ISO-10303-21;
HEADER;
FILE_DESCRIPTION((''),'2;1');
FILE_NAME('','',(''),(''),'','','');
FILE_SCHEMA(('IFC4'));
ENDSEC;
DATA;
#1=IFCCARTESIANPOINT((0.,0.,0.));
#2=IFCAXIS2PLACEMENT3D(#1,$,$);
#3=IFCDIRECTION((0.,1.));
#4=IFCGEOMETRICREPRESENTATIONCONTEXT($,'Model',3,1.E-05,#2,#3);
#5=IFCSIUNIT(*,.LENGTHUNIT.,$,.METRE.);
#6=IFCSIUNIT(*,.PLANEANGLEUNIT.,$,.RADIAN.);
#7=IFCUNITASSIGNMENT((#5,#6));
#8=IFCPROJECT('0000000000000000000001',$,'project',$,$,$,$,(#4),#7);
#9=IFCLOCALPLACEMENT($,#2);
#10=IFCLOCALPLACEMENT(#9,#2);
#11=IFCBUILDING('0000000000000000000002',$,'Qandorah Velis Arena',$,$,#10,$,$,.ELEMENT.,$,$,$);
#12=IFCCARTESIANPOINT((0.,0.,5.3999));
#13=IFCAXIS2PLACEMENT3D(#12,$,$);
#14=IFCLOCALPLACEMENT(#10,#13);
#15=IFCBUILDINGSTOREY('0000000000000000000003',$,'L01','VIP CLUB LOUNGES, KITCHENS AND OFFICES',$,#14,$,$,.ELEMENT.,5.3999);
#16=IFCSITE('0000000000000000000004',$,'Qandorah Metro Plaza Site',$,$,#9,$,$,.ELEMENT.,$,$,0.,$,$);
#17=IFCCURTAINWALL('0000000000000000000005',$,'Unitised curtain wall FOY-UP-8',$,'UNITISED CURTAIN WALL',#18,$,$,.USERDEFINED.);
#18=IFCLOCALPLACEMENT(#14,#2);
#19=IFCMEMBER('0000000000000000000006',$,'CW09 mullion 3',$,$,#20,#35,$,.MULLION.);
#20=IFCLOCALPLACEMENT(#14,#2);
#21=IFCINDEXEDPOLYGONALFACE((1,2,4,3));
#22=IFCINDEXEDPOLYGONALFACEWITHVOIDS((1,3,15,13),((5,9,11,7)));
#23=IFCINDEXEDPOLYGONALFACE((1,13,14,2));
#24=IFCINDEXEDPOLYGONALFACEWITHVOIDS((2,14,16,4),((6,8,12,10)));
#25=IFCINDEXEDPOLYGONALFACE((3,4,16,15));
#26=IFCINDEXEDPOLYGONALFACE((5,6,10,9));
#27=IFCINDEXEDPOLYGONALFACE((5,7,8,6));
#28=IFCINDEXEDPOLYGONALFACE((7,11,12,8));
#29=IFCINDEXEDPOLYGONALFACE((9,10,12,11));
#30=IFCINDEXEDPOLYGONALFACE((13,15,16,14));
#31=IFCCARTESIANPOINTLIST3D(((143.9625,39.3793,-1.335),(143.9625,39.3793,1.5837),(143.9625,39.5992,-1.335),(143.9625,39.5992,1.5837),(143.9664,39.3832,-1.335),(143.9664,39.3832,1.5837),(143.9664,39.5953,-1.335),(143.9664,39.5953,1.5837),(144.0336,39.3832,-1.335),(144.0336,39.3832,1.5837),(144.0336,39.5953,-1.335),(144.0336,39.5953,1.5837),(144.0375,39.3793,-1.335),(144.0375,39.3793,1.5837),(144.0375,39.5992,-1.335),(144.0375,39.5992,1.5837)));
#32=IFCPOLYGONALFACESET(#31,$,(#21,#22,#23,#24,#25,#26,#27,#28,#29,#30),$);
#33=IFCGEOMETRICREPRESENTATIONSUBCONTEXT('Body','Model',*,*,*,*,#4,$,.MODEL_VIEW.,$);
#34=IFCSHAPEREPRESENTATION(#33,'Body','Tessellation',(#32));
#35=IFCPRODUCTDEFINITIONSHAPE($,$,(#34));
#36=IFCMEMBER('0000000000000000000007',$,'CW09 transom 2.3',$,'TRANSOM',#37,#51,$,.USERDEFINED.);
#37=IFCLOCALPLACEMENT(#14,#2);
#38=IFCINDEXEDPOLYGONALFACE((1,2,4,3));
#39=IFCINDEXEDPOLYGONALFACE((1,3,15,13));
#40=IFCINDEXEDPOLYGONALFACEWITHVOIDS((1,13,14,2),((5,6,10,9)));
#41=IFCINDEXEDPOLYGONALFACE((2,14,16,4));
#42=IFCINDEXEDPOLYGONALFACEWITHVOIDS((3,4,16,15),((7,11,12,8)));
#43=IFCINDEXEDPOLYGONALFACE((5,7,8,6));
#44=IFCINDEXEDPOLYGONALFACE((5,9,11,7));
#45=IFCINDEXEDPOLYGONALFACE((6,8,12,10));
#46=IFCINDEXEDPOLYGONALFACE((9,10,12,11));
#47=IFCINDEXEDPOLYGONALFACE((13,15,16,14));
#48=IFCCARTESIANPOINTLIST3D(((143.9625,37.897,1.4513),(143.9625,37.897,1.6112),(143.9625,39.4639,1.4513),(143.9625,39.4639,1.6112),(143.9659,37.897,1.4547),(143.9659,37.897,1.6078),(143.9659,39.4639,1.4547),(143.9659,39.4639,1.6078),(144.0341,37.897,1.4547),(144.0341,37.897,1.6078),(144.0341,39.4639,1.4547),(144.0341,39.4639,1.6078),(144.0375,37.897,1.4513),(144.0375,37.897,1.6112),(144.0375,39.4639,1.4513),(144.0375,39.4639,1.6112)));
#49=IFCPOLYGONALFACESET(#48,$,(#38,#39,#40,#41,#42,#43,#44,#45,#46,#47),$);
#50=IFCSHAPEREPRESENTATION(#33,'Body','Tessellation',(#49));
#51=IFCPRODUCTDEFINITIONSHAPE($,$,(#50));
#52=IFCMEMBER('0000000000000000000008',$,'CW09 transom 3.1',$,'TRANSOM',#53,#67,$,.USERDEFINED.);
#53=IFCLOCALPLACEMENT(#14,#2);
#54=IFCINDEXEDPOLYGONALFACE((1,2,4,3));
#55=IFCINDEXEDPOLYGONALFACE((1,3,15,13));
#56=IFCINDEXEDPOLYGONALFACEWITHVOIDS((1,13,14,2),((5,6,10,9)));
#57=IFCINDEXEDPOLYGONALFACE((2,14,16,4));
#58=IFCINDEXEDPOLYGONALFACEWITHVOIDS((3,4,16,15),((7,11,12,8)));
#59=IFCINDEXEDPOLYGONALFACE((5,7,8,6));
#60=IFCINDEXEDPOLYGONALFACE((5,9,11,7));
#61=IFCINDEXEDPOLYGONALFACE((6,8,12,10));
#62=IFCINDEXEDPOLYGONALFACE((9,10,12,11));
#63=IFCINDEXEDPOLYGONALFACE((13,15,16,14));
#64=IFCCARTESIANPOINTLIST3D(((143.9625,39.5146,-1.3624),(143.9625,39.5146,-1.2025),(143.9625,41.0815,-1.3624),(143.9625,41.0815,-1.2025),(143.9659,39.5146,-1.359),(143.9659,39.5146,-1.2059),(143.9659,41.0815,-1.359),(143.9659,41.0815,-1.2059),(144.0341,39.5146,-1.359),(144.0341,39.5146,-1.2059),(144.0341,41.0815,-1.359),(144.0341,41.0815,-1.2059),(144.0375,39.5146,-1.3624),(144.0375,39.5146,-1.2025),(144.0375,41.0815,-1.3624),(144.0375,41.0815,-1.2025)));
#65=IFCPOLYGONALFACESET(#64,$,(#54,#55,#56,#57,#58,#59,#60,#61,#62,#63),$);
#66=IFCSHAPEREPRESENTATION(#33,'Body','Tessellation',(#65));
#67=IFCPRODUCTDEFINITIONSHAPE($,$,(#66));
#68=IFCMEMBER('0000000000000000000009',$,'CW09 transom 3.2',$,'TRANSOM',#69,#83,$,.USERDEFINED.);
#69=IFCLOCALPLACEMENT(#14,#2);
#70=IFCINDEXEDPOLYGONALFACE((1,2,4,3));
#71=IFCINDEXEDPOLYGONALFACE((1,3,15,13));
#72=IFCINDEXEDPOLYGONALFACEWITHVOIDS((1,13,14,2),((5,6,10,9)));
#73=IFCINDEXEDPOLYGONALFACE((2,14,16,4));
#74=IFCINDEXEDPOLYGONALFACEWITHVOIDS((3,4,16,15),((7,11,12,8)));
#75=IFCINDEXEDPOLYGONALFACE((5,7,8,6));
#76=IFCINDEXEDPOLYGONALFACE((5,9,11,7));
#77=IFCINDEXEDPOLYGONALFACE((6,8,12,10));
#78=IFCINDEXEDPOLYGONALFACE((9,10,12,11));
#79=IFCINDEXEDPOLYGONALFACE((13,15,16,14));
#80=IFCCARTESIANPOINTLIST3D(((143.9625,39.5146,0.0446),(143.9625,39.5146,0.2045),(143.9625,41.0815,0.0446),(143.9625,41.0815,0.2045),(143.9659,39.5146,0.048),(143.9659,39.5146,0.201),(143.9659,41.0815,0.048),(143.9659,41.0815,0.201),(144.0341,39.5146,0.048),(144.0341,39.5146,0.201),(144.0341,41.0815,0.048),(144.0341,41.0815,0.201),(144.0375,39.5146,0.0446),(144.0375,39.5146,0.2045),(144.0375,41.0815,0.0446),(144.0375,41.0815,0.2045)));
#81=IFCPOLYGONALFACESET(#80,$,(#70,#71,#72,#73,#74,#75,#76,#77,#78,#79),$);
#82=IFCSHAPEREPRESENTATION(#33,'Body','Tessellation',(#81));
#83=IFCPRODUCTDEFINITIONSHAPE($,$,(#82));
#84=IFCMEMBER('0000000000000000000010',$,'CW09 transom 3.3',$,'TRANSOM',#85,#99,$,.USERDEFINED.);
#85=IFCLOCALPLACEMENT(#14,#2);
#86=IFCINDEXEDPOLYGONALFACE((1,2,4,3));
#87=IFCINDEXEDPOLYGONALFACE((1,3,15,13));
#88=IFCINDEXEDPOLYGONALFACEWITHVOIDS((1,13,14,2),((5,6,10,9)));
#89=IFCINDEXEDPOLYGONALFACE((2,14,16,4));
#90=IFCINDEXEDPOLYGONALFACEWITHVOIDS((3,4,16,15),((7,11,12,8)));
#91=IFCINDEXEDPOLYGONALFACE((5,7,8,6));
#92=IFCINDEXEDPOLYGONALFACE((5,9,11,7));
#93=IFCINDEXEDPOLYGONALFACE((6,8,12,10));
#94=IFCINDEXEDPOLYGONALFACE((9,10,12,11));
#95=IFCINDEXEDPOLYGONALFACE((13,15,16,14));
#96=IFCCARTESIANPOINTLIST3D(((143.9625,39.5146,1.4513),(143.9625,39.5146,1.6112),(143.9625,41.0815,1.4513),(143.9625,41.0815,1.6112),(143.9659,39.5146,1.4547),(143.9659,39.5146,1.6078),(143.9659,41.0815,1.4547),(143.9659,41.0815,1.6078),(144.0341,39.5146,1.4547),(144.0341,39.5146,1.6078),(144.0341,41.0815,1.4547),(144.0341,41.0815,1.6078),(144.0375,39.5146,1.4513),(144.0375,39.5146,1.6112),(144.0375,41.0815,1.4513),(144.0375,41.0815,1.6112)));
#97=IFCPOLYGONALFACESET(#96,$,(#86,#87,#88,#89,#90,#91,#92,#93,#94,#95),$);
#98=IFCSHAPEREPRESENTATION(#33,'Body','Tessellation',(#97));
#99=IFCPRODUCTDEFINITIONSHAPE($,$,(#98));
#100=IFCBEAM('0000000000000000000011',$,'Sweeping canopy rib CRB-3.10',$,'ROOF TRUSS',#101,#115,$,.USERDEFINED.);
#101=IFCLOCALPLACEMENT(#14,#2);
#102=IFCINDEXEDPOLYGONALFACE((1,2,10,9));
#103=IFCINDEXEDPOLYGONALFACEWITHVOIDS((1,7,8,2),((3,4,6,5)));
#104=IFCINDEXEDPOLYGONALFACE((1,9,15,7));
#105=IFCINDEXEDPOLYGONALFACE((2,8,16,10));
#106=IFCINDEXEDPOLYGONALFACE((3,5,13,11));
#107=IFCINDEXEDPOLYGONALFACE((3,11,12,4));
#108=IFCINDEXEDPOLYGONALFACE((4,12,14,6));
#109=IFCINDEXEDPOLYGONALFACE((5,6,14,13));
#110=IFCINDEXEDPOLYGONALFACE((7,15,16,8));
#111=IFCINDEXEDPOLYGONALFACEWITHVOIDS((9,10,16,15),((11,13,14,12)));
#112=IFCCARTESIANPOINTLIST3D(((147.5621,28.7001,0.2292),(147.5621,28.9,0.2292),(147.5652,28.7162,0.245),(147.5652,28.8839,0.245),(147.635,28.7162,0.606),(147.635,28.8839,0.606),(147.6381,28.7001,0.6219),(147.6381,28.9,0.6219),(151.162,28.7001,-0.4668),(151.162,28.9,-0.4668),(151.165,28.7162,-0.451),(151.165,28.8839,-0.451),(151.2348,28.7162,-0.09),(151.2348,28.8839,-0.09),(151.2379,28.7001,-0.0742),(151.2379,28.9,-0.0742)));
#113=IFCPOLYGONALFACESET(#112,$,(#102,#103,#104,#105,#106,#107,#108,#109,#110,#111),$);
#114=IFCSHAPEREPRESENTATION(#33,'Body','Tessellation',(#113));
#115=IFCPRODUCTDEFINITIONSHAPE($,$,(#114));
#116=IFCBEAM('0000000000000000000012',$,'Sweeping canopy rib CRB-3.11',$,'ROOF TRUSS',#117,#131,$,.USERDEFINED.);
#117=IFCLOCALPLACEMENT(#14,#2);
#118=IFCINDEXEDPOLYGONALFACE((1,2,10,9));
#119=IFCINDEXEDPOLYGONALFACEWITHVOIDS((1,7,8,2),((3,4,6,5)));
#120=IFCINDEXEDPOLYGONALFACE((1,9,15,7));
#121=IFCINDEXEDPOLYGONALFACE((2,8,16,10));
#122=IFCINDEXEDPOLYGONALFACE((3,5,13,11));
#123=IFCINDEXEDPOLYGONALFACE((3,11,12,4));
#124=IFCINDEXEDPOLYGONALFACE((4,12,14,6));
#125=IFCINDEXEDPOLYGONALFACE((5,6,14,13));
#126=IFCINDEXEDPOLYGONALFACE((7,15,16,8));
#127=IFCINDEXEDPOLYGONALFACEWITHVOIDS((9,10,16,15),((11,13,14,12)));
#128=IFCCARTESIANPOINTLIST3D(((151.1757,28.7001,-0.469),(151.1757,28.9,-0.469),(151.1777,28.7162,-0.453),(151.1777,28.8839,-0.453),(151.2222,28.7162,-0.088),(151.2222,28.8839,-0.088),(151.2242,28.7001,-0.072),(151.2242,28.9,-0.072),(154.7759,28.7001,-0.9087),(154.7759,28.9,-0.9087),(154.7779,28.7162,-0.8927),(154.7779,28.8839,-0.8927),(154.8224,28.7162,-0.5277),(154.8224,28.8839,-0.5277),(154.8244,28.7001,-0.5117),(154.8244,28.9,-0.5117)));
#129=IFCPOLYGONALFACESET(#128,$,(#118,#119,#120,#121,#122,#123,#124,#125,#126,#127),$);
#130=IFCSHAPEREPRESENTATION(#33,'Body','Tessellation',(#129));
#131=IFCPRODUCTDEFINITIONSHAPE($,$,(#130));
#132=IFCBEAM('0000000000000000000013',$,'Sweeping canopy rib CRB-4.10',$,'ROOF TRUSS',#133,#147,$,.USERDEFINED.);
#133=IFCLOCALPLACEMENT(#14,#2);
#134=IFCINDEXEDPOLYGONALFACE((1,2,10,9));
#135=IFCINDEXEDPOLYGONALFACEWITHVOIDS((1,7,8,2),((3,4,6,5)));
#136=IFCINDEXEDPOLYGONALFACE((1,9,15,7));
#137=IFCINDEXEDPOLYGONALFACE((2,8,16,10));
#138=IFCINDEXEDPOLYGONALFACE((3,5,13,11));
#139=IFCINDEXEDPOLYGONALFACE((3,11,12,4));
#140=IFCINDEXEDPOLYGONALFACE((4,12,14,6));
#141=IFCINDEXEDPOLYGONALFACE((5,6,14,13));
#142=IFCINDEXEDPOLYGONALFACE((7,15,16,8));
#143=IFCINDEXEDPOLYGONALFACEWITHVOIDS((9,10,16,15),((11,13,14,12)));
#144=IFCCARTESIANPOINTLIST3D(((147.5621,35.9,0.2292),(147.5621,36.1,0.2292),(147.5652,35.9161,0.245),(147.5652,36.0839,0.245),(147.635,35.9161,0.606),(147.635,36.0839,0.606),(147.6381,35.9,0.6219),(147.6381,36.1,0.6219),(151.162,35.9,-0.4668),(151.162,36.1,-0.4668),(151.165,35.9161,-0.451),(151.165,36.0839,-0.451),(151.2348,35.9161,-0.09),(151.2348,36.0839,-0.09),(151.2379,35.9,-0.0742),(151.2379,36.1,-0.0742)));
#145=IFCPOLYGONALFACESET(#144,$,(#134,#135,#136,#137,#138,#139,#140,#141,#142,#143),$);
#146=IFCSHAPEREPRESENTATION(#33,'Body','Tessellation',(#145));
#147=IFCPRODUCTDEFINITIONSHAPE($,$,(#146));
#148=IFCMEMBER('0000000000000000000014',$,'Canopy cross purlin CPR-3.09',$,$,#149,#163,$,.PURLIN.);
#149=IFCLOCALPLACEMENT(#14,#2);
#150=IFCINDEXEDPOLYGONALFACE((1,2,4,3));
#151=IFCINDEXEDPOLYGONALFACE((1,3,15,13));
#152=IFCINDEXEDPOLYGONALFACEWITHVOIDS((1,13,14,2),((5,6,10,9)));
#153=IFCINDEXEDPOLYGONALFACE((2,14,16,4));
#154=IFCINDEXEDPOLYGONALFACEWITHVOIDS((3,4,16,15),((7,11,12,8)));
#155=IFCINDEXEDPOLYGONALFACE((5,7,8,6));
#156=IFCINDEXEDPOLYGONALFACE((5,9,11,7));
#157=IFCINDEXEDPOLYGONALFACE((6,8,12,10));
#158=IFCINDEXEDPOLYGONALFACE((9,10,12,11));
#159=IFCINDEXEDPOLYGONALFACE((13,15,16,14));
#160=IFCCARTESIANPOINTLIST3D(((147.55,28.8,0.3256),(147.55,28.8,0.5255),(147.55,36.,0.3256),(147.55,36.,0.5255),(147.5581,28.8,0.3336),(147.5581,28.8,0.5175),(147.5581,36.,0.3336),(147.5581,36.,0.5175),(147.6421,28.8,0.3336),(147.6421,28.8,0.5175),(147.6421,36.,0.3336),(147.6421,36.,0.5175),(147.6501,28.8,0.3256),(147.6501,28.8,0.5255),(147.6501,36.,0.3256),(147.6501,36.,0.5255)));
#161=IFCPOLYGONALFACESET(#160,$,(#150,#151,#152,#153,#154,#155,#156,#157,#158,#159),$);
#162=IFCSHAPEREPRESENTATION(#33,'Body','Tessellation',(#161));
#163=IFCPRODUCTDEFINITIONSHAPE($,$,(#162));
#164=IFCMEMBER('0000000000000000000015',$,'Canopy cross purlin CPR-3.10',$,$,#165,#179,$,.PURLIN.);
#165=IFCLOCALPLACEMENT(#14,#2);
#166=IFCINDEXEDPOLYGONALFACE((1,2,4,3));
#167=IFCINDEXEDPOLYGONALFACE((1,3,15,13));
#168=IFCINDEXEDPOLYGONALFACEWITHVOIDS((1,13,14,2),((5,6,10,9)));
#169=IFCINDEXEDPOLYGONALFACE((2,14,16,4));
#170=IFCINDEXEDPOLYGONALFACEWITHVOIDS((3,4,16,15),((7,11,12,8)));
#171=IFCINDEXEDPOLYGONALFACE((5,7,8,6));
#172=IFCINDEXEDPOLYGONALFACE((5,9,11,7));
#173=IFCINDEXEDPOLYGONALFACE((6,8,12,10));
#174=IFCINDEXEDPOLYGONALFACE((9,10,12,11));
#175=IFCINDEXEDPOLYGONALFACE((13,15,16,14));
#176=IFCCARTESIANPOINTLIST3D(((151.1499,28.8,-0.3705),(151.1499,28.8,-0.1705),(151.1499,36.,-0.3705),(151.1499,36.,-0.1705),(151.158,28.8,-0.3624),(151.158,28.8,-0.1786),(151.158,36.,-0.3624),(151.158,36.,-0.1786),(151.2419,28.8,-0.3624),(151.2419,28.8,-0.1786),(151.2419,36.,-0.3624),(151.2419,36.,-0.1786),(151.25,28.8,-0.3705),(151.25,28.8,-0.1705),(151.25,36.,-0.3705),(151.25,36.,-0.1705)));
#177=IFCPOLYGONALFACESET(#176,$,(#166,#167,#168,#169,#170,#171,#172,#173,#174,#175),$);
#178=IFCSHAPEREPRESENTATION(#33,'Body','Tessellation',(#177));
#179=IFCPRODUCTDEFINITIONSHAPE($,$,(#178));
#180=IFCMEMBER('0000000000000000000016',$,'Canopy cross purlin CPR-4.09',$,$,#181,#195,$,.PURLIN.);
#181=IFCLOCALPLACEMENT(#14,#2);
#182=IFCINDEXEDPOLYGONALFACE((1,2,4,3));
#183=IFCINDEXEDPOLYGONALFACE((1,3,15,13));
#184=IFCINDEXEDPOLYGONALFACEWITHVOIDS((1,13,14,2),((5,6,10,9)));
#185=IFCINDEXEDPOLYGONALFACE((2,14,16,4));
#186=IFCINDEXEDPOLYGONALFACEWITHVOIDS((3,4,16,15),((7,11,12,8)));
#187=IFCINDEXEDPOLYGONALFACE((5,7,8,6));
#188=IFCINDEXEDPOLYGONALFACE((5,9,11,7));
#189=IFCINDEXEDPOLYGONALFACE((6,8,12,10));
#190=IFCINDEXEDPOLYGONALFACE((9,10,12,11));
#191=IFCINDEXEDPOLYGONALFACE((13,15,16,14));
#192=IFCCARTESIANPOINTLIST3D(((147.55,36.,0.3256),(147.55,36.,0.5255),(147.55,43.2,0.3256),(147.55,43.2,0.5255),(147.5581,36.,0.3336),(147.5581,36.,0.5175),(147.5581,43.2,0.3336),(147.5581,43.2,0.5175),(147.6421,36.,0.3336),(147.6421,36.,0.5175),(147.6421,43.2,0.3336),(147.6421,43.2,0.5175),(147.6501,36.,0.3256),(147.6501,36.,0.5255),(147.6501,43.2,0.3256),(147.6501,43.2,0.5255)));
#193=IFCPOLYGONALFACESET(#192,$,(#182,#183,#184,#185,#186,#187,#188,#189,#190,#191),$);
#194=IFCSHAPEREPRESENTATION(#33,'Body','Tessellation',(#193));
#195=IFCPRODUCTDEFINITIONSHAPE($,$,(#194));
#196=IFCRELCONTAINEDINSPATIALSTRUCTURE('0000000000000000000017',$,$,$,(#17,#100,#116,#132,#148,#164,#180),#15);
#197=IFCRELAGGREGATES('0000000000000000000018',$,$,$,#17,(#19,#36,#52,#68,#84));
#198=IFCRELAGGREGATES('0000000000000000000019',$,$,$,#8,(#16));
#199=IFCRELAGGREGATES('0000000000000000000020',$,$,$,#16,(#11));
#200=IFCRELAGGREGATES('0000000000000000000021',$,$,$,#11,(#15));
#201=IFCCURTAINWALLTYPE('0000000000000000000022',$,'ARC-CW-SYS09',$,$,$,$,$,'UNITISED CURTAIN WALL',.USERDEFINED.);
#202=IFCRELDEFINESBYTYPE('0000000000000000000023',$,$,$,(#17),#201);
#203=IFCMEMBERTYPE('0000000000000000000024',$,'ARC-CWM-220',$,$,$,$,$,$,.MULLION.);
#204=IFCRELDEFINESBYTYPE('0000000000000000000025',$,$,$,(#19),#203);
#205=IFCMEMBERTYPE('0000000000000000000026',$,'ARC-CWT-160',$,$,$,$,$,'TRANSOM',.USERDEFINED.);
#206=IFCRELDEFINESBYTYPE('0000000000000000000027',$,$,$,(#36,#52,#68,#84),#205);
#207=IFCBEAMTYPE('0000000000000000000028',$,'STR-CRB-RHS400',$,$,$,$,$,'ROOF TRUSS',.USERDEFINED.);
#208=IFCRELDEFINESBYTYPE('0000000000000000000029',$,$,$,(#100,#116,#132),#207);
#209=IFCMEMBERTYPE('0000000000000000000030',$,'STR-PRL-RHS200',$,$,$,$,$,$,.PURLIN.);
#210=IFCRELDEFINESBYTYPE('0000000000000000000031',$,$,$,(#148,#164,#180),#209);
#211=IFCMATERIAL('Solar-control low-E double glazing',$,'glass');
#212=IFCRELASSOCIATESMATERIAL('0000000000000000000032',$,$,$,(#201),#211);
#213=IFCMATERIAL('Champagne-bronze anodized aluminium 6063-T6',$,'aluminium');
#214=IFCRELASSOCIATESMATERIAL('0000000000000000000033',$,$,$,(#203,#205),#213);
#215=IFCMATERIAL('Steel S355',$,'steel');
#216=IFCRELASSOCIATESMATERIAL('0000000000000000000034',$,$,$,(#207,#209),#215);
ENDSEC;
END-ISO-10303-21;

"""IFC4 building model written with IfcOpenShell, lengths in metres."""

from ifc_helpers import new_model, si_unit, direction, frame, origin, origin_2d, place, context, subcontext, project, spatial, hollow_rectangle, extrude, material, material_profile, profile_set, type_object, element, aggregate, save


model = new_model("IFC4")

# Units and contexts
model_context = context("Model", 3, precision=1e-05, world=origin(), true_north=direction((0.0, 1.0)))
body_context = subcontext(model_context, "Body", "Model", "MODEL_VIEW")
ifc_project = project(units=[si_unit("LENGTHUNIT", "METRE"), si_unit("PLANEANGLEUNIT", "RADIAN")], contexts=[model_context])

# Site, building, storey
site_placement = place(None, origin())
site = spatial("IfcSite", under=ifc_project, at=site_placement, Name="Qandorah Metro Plaza Site", CompositionType="ELEMENT", RefElevation=0.0)
building_placement = place(site_placement, origin())
building = spatial("IfcBuilding", under=site, at=building_placement, Name="Qandorah Velis Arena", CompositionType="ELEMENT")
storey_placement = place(building_placement, frame((0.0, 0.0, 5.3999)))
storey = spatial("IfcBuildingStorey", under=building, at=storey_placement, Name="L01", Description="VIP CLUB LOUNGES, KITCHENS AND OFFICES", CompositionType="ELEMENT", Elevation=5.3999)

# Curtain wall, members
ifc_material_1 = material(Name="Solar-control low-E double glazing", Category="glass")
curtain_wall_type = type_object("IfcCurtainWallType", Name="ARC-CW-SYS09", ElementType="UNITISED CURTAIN WALL", PredefinedType="USERDEFINED", material=ifc_material_1)
curtain_wall_placement = place(storey_placement, origin())
curtain_wall = element("IfcCurtainWall", 1, at=curtain_wall_placement, inside=storey, type_object=curtain_wall_type, Name="Unitised curtain wall FOY-UP-8", ObjectType="UNITISED CURTAIN WALL", PredefinedType="USERDEFINED")
ifc_material_2 = material(Name="Champagne-bronze anodized aluminium 6063-T6", Category="aluminium")
ifc_material_profile_1 = material_profile(ifc_material_2, hollow_rectangle(XDim=0.075, YDim=0.22, WallThickness=0.0039, at=origin_2d()), Name="ALU MULLION 75x220")
ifc_profile_set_1 = profile_set([ifc_material_profile_1], Name="Champagne-bronze anodized aluminium 6063-T6")
member_type_1 = type_object("IfcMemberType", Name="ARC-CWM-220", PredefinedType="MULLION", material=ifc_profile_set_1)
member_1_placement = place(storey_placement, frame((144.0, 39.4893, -1.335), z_axis=(0.0, 0.0, 1.0), x_axis=(-1.0, 0.0, 0.0)))
member_1 = element("IfcMember", 2, at=member_1_placement, type_object=member_type_1, Name="CW09 mullion 3", PredefinedType="MULLION", context=body_context, shape_type="SweptSolid", body=[
    extrude(hollow_rectangle(XDim=0.075, YDim=0.22, WallThickness=0.0039, at=origin_2d()), origin(), (0.0, 0.0, 1.0), 2.9187),
])
ifc_material_profile_2 = material_profile(ifc_material_2, hollow_rectangle(XDim=0.075, YDim=0.1599, WallThickness=0.0034, at=origin_2d()), Name="ALU TRANSOM 75x160")
ifc_profile_set_2 = profile_set([ifc_material_profile_2], Name="Champagne-bronze anodized aluminium 6063-T6")
member_type_2 = type_object("IfcMemberType", Name="ARC-CWT-160", ElementType="TRANSOM", PredefinedType="USERDEFINED", material=ifc_profile_set_2)
member_2_placement = place(storey_placement, frame((144.0, 37.897, 1.5312), z_axis=(0.0, 1.0, 0.0), x_axis=(-1.0, 0.0, 0.0)))
member_2 = element("IfcMember", 3, at=member_2_placement, type_object=member_type_2, Name="CW09 transom 2.3", ObjectType="TRANSOM", PredefinedType="USERDEFINED", context=body_context, shape_type="SweptSolid", body=[
    extrude(hollow_rectangle(XDim=0.075, YDim=0.1599, WallThickness=0.0034, at=origin_2d()), origin(), (0.0, 0.0, 1.0), 1.5669),
])
member_3_placement = place(storey_placement, frame((144.0, 39.5146, -1.2825), z_axis=(0.0, 1.0, 0.0), x_axis=(-1.0, 0.0, 0.0)))
member_3 = element("IfcMember", 4, at=member_3_placement, type_object=member_type_2, Name="CW09 transom 3.1", ObjectType="TRANSOM", PredefinedType="USERDEFINED", context=body_context, shape_type="SweptSolid", body=[
    extrude(hollow_rectangle(XDim=0.075, YDim=0.1599, WallThickness=0.0034, at=origin_2d()), origin(), (0.0, 0.0, 1.0), 1.5669),
])
member_4_placement = place(storey_placement, frame((144.0, 39.5146, 0.1245), z_axis=(0.0, 1.0, 0.0), x_axis=(-1.0, 0.0, 0.0)))
member_4 = element("IfcMember", 5, at=member_4_placement, type_object=member_type_2, Name="CW09 transom 3.2", ObjectType="TRANSOM", PredefinedType="USERDEFINED", context=body_context, shape_type="SweptSolid", body=[
    extrude(hollow_rectangle(XDim=0.075, YDim=0.1599, WallThickness=0.0034, at=origin_2d()), origin(), (0.0, 0.0, 1.0), 1.5669),
])
member_5_placement = place(storey_placement, frame((144.0, 39.5146, 1.5312), z_axis=(0.0, 1.0, 0.0), x_axis=(-1.0, 0.0, 0.0)))
member_5 = element("IfcMember", 6, at=member_5_placement, type_object=member_type_2, Name="CW09 transom 3.3", ObjectType="TRANSOM", PredefinedType="USERDEFINED", context=body_context, shape_type="SweptSolid", body=[
    extrude(hollow_rectangle(XDim=0.075, YDim=0.1599, WallThickness=0.0034, at=origin_2d()), origin(), (0.0, 0.0, 1.0), 1.5669),
])

# Beams
ifc_material_3 = material(Name="Steel S355", Category="steel")
ifc_material_profile_3 = material_profile(ifc_material_3, hollow_rectangle(XDim=0.2, YDim=0.3999, WallThickness=0.0161, at=origin_2d()), Name="RHS 400x200x16")
ifc_profile_set_3 = profile_set([ifc_material_profile_3], Name="Steel S355")
beam_type = type_object("IfcBeamType", Name="STR-CRB-RHS400", ElementType="ROOF TRUSS", PredefinedType="USERDEFINED", material=ifc_profile_set_3)
beam_1_placement = place(storey_placement, frame((147.6001, 28.8, 0.4255), z_axis=(0.981815, 0.0, -0.189838), x_axis=(0.0, 1.0, 0.0)))
element("IfcBeam", 7, at=beam_1_placement, inside=storey, type_object=beam_type, Name="Sweeping canopy rib CRB-3.10", ObjectType="ROOF TRUSS", PredefinedType="USERDEFINED", context=body_context, shape_type="SweptSolid", body=[
    extrude(hollow_rectangle(XDim=0.2, YDim=0.3999, WallThickness=0.0161, at=origin_2d()), origin(), (0.0, 0.0, 1.0), 3.6665),
])
beam_2_placement = place(storey_placement, frame((151.2, 28.8, -0.2705), z_axis=(0.992624, 0.0, -0.121234), x_axis=(0.0, 1.0, 0.0)))
element("IfcBeam", 8, at=beam_2_placement, inside=storey, type_object=beam_type, Name="Sweeping canopy rib CRB-3.11", ObjectType="ROOF TRUSS", PredefinedType="USERDEFINED", context=body_context, shape_type="SweptSolid", body=[
    extrude(hollow_rectangle(XDim=0.2, YDim=0.3999, WallThickness=0.0161, at=origin_2d()), origin(), (0.0, 0.0, 1.0), 3.627),
])
beam_3_placement = place(storey_placement, frame((147.6001, 36.0, 0.4255), z_axis=(0.981815, 0.0, -0.189838), x_axis=(0.0, 1.0, 0.0)))
element("IfcBeam", 9, at=beam_3_placement, inside=storey, type_object=beam_type, Name="Sweeping canopy rib CRB-4.10", ObjectType="ROOF TRUSS", PredefinedType="USERDEFINED", context=body_context, shape_type="SweptSolid", body=[
    extrude(hollow_rectangle(XDim=0.2, YDim=0.3999, WallThickness=0.0161, at=origin_2d()), origin(), (0.0, 0.0, 1.0), 3.6665),
])

# Members
ifc_material_profile_4 = material_profile(ifc_material_3, hollow_rectangle(XDim=0.1001, YDim=0.2, WallThickness=0.0081, at=origin_2d()), Name="RHS 200x100x8")
ifc_profile_set_4 = profile_set([ifc_material_profile_4], Name="Steel S355")
member_type_3 = type_object("IfcMemberType", Name="STR-PRL-RHS200", PredefinedType="PURLIN", material=ifc_profile_set_4)
for number, where, z_axis, x_axis, name in (
    (10, (147.6001, 28.8, 0.4255), (0.0, 1.0, 0.0), (-1.0, 0.0, 0.0), "Canopy cross purlin CPR-3.09"),
    (11, (151.2, 28.8, -0.2705), (0.0, 1.0, 0.0), (-1.0, 0.0, 0.0), "Canopy cross purlin CPR-3.10"),
    (12, (147.6001, 36.0, 0.4255), (0.0, 1.0, 0.0), (-1.0, 0.0, 0.0), "Canopy cross purlin CPR-4.09"),
):
    element("IfcMember", number, at=place(storey_placement, frame(where, z_axis=z_axis, x_axis=x_axis)), inside=storey, type_object=member_type_3, Name=name, PredefinedType="PURLIN", context=body_context, shape_type="SweptSolid", body=[
        extrude(hollow_rectangle(XDim=0.1001, YDim=0.2, WallThickness=0.0081, at=origin_2d()), origin(), (0.0, 0.0, 1.0), 7.2),
    ])

aggregate(curtain_wall, [member_1, member_2, member_3, member_4, member_5])

save(model, "model.ifc")
